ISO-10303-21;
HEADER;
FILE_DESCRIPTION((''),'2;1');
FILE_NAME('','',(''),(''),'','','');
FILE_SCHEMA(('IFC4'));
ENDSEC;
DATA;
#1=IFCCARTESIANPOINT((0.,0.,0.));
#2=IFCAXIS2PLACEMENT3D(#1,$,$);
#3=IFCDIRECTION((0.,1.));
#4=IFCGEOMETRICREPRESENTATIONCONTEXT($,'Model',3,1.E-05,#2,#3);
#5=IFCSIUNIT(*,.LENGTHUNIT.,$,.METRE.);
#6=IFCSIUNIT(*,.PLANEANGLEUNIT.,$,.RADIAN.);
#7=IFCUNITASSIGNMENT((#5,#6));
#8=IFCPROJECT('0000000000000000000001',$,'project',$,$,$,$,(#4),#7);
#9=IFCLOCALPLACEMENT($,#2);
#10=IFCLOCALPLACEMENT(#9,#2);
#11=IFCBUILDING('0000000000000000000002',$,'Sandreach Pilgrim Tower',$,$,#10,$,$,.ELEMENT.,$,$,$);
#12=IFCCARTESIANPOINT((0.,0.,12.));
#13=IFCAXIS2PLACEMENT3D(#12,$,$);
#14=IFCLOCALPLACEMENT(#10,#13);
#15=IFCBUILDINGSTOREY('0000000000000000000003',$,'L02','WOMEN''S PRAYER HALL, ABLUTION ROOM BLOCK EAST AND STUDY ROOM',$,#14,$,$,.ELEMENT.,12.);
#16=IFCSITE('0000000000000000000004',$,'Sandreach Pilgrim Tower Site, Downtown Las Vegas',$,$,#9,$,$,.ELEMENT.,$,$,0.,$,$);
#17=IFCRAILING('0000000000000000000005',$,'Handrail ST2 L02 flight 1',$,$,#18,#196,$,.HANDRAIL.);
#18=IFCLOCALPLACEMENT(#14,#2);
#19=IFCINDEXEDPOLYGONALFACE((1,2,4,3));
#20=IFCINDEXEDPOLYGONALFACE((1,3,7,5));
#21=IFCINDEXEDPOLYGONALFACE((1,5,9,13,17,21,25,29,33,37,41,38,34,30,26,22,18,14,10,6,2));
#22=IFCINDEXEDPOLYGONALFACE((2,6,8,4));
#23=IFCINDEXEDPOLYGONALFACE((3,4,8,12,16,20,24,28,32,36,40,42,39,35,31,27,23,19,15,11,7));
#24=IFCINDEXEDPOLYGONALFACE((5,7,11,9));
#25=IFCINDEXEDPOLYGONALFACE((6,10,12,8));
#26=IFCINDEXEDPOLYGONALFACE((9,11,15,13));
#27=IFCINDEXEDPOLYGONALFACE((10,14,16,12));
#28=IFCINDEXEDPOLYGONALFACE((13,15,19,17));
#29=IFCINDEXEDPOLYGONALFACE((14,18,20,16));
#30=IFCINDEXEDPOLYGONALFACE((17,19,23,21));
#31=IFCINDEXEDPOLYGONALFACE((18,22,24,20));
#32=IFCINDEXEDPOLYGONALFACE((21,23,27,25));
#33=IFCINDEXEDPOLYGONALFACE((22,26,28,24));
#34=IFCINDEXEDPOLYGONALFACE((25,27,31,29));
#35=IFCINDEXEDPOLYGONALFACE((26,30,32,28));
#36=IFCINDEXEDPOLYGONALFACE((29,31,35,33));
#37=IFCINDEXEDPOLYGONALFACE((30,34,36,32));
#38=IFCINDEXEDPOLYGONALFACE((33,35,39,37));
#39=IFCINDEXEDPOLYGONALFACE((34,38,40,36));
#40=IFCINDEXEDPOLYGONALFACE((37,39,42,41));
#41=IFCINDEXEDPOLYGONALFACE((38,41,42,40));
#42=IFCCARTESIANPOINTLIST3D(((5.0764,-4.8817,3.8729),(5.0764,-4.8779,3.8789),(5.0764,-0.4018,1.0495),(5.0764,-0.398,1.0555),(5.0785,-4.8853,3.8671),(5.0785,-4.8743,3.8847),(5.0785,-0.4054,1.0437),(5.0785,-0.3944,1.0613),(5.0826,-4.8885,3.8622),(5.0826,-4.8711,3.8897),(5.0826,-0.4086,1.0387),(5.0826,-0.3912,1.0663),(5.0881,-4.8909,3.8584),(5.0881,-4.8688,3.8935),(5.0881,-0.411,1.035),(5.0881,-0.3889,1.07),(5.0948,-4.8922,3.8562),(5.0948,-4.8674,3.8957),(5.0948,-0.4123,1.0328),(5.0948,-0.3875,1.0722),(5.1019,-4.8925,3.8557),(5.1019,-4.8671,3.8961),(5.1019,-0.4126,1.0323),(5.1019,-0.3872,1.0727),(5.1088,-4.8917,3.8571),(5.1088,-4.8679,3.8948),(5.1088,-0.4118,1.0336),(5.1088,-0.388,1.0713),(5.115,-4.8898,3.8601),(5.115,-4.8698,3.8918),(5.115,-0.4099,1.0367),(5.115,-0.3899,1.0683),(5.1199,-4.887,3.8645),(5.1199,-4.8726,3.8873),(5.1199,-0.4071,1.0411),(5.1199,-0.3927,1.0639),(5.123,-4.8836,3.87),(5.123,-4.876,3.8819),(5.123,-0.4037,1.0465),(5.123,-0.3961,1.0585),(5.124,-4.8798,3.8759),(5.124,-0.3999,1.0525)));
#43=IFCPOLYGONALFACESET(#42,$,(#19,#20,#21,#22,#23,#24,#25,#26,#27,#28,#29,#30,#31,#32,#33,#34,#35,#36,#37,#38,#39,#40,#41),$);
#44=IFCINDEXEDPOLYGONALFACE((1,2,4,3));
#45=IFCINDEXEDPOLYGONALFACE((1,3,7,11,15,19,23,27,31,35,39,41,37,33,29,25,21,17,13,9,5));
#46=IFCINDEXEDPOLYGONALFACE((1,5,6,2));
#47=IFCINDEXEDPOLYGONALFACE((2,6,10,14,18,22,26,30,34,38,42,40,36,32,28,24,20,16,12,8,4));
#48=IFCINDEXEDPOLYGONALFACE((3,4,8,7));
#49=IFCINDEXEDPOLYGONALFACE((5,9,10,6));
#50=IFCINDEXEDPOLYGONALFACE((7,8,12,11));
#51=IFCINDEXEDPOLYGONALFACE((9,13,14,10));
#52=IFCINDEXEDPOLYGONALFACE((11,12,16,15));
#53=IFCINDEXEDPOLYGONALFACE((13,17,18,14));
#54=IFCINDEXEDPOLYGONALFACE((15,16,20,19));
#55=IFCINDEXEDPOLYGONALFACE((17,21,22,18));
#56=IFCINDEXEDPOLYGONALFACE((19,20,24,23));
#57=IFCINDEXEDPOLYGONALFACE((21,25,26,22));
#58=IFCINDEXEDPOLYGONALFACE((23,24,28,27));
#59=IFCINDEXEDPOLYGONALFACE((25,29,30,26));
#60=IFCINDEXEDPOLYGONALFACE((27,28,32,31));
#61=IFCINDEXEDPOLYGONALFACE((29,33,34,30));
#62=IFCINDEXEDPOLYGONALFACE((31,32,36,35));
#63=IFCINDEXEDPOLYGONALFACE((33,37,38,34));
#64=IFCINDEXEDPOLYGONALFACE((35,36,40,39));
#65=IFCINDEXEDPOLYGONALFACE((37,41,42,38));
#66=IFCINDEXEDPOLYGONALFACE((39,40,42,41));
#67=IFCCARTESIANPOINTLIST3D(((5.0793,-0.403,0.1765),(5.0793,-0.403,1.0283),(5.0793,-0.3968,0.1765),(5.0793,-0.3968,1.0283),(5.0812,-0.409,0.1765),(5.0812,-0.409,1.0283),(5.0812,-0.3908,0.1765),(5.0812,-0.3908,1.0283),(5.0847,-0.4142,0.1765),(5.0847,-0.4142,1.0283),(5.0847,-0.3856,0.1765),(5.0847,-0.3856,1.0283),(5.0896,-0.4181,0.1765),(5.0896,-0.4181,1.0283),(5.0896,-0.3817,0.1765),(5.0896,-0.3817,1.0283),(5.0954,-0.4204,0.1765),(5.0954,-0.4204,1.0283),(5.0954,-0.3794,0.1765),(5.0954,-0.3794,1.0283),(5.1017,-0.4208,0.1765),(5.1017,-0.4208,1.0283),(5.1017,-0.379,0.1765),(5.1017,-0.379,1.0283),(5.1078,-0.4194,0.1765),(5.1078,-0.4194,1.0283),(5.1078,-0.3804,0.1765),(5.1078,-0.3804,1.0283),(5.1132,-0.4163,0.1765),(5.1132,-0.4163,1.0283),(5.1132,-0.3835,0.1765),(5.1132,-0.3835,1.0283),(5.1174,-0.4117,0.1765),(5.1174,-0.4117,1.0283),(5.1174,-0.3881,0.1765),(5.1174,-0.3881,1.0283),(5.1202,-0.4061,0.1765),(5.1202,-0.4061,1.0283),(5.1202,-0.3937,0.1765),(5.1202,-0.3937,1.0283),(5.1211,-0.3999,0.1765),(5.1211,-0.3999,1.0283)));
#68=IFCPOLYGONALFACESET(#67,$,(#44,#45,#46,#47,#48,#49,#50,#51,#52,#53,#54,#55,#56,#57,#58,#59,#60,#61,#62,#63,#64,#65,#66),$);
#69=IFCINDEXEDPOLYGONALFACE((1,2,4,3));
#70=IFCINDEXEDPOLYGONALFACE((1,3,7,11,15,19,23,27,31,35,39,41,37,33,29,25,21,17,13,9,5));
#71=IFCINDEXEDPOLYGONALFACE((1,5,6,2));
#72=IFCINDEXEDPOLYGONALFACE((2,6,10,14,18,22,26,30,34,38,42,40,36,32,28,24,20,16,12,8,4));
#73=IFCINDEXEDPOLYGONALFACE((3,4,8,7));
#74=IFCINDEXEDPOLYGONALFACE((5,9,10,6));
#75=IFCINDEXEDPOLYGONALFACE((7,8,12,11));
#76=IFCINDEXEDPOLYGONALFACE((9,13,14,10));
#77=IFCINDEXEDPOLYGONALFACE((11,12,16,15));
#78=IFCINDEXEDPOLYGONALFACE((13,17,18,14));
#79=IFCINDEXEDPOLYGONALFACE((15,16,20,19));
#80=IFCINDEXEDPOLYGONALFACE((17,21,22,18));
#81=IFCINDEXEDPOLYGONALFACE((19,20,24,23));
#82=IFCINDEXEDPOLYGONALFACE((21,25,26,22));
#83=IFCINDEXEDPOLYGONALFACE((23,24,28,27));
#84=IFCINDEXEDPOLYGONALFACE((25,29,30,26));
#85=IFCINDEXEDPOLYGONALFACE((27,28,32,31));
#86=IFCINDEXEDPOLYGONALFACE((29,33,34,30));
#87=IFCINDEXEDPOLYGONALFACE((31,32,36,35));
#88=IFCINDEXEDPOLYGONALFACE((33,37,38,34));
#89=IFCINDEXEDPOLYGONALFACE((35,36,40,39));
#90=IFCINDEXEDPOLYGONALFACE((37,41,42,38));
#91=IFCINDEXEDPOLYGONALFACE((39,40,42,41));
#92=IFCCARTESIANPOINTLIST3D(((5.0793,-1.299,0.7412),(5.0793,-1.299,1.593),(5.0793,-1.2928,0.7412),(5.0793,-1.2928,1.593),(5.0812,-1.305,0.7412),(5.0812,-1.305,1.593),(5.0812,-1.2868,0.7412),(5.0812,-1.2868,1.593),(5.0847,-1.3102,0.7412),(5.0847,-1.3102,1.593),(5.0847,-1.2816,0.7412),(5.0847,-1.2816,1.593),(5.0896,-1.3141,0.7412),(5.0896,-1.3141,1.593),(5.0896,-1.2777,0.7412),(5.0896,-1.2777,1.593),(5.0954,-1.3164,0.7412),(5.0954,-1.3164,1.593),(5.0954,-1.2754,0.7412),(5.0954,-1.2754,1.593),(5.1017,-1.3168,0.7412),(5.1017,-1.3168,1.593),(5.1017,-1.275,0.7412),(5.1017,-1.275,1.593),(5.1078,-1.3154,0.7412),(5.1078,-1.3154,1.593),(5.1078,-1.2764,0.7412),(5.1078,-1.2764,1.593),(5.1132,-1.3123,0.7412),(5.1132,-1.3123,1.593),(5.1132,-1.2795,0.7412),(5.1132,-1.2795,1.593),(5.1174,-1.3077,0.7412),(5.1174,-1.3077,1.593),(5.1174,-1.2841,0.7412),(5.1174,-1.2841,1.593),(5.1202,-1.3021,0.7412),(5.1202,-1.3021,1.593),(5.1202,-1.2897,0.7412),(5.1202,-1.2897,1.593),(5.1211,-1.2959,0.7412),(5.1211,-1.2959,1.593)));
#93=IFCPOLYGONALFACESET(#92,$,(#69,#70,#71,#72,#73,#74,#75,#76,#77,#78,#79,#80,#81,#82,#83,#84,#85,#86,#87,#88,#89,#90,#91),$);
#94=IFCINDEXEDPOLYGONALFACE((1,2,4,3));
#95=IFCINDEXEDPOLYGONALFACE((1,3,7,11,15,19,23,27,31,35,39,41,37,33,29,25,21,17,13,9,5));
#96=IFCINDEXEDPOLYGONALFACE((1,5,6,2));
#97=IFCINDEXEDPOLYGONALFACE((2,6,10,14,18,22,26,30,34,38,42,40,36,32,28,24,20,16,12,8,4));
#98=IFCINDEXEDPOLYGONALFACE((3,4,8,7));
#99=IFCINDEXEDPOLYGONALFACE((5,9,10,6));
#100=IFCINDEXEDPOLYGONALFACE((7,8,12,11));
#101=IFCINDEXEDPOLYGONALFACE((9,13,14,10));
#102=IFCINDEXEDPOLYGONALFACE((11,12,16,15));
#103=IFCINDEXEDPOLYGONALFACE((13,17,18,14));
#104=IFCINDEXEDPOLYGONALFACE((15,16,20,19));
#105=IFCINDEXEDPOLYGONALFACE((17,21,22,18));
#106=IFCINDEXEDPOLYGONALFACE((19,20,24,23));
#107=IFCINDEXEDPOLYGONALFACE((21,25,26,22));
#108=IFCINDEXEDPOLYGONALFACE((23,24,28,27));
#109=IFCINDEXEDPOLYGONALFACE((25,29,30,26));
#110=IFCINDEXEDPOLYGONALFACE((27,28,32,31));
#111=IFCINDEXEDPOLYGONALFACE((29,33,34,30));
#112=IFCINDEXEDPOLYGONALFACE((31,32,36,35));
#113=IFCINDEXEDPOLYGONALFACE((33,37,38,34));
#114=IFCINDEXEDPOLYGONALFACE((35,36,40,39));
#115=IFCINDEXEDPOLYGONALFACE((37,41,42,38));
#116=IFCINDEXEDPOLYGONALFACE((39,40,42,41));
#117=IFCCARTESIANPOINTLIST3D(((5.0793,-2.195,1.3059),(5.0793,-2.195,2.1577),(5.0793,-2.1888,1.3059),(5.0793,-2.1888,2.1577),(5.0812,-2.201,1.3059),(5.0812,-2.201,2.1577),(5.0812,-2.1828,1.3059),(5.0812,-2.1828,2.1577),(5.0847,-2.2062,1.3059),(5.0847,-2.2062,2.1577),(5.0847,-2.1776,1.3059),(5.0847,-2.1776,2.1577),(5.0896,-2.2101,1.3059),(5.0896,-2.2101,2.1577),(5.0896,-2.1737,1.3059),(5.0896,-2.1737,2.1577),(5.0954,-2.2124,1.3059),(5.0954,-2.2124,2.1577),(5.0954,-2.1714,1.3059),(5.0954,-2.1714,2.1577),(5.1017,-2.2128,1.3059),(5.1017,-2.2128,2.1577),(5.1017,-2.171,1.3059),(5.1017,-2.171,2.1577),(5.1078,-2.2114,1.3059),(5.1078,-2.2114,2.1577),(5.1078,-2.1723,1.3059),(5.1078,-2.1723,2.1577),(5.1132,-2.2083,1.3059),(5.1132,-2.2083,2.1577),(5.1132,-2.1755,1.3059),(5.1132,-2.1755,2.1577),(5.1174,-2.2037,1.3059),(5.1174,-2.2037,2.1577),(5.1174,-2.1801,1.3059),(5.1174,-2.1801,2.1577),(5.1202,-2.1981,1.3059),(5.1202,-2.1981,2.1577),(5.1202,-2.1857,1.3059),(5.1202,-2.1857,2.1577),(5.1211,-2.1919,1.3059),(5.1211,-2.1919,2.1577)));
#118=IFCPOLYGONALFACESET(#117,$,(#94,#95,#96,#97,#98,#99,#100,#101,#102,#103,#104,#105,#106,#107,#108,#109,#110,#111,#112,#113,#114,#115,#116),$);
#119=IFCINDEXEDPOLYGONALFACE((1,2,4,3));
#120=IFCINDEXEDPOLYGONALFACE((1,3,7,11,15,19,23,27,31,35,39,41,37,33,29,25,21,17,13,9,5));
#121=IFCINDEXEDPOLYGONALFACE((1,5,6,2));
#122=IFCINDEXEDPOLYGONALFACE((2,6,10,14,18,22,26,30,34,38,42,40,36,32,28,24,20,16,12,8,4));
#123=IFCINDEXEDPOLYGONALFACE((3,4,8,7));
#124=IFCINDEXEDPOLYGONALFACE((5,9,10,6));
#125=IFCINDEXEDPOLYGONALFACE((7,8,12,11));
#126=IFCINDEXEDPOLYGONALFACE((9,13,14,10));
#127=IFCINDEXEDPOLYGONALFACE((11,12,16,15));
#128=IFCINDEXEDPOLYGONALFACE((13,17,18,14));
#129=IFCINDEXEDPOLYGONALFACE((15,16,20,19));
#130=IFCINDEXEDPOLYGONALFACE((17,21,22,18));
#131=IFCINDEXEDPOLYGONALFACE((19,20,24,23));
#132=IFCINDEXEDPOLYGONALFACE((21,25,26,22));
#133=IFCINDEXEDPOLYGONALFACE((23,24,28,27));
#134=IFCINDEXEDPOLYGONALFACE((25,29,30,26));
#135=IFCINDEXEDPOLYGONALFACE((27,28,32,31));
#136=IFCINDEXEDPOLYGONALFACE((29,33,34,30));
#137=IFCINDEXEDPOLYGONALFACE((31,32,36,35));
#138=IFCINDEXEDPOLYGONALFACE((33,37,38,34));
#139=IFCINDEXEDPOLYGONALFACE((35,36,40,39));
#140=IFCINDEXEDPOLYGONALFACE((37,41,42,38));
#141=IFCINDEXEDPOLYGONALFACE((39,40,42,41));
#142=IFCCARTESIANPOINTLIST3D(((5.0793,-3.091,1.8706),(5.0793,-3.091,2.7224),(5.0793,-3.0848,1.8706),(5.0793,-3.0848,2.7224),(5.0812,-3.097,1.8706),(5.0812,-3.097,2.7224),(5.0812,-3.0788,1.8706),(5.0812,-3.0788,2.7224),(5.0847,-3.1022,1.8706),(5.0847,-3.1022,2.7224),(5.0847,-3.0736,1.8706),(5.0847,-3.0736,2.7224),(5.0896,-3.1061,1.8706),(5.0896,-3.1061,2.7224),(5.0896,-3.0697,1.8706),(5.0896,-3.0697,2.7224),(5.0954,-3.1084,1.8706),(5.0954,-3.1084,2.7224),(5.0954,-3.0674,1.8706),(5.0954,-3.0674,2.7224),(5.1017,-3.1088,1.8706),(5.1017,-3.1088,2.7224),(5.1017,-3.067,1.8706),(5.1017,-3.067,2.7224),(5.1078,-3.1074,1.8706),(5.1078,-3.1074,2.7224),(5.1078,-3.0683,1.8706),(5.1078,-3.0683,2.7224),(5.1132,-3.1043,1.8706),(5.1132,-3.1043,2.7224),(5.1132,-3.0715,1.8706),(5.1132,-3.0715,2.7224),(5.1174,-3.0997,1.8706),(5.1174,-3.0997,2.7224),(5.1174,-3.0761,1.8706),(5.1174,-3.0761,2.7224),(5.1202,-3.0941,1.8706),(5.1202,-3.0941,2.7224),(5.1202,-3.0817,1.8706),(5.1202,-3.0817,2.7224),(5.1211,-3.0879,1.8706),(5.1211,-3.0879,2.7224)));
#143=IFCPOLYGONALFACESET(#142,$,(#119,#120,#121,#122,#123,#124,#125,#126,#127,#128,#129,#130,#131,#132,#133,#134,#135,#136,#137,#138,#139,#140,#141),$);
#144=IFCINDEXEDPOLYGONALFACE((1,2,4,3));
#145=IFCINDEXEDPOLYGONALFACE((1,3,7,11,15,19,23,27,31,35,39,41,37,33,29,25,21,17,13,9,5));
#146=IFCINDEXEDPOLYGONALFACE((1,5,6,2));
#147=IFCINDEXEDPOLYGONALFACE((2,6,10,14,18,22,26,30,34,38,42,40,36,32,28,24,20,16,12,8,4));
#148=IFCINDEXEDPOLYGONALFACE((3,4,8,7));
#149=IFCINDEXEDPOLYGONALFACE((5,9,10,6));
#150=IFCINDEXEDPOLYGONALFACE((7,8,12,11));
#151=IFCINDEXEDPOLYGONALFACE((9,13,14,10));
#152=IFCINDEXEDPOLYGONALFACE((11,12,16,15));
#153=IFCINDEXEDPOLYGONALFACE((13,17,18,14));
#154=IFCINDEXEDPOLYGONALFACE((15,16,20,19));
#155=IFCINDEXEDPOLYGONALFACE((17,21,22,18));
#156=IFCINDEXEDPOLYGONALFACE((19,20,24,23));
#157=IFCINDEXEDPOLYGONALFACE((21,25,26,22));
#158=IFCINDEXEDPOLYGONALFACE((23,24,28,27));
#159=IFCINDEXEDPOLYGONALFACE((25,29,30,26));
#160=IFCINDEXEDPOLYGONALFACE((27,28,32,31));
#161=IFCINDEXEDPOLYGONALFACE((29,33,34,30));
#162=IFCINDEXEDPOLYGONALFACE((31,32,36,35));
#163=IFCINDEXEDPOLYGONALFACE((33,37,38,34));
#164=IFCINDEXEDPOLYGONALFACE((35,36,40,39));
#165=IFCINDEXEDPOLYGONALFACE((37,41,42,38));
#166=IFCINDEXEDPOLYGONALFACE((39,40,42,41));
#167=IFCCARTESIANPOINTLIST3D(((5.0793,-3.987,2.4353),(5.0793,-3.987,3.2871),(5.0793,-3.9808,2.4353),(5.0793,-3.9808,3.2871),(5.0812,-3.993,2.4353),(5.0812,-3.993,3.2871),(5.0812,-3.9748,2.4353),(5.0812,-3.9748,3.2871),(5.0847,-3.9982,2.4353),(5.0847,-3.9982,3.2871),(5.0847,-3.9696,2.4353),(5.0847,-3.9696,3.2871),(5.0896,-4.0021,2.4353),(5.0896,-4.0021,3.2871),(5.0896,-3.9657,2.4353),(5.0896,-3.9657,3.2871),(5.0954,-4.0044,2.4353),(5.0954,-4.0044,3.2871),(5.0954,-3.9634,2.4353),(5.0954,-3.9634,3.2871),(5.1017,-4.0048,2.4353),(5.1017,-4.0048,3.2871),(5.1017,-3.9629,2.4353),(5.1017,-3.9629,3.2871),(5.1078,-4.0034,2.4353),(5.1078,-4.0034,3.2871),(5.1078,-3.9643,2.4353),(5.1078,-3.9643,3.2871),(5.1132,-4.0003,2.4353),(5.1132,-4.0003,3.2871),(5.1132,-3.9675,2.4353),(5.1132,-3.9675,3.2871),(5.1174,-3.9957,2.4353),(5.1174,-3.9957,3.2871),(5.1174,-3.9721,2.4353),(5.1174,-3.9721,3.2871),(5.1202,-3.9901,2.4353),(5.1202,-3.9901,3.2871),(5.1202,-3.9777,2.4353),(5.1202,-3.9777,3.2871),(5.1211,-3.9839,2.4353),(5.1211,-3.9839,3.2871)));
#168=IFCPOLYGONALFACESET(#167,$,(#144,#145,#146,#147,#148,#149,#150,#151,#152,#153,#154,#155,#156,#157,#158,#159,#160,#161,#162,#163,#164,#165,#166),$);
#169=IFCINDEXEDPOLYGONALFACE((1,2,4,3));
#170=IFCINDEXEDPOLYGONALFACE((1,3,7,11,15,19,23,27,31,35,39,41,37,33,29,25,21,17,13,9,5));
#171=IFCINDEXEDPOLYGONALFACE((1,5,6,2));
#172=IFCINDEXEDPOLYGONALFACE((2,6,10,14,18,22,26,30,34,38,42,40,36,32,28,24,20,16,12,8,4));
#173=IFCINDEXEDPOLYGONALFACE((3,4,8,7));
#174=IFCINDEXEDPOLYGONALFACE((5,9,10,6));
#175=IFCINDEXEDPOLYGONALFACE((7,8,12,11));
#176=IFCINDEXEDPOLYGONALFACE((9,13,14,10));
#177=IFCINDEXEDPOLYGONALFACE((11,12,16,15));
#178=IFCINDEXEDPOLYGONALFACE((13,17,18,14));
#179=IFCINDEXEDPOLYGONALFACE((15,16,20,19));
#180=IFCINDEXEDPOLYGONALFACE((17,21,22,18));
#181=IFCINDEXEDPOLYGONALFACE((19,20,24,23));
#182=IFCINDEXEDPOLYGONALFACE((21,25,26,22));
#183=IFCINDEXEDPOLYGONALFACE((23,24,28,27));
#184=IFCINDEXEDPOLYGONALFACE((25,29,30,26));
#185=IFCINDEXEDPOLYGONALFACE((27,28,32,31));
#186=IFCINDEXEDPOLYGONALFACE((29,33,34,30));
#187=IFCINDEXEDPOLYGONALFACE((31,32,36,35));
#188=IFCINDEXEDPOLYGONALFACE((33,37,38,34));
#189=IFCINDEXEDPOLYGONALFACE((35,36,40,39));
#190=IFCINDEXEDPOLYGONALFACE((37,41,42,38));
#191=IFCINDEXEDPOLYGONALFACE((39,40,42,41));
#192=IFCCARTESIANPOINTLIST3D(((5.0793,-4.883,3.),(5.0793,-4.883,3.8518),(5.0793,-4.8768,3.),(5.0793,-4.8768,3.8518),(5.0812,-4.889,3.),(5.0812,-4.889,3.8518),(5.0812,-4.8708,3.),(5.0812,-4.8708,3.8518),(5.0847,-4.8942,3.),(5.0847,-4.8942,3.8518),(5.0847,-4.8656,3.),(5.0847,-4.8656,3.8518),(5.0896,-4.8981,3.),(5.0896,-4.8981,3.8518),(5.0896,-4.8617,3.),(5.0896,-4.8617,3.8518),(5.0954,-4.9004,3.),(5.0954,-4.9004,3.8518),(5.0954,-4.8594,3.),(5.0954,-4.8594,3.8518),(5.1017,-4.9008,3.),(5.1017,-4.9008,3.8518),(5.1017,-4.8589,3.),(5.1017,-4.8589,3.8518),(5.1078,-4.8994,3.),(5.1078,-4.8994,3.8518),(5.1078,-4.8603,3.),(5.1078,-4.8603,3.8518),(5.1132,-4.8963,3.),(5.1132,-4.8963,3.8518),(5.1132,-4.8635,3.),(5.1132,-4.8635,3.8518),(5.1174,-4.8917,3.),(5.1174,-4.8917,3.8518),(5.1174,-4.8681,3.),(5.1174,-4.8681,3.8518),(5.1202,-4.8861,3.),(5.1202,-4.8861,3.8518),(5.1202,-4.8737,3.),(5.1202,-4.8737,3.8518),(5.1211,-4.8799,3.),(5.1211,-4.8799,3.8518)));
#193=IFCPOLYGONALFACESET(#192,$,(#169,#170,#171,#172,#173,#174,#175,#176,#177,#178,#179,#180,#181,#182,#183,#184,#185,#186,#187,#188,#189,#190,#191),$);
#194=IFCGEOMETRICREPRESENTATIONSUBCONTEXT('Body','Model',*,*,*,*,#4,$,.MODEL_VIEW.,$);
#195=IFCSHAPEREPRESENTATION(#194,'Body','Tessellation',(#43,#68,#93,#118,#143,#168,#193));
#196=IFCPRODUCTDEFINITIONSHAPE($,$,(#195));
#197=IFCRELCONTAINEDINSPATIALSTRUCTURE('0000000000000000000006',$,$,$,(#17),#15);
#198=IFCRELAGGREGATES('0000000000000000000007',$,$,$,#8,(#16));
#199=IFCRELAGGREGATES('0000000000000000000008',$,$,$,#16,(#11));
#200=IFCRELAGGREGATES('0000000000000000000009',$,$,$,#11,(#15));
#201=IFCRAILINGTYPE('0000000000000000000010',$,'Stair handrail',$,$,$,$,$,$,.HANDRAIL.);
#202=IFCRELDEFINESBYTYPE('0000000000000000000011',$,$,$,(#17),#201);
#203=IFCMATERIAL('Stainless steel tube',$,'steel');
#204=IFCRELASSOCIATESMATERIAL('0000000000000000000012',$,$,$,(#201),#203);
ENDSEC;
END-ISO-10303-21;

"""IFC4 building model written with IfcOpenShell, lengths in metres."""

from ifc_helpers import new_model, si_unit, direction, frame, origin, origin_2d, place, context, subcontext, project, spatial, circle, extrude, material, type_object, element, save


model = new_model("IFC4")

# Units and contexts
model_context = context("Model", 3, precision=1e-05, world=origin(), true_north=direction((0.0, 1.0)))
body_context = subcontext(model_context, "Body", "Model", "MODEL_VIEW")
ifc_project = project(units=[si_unit("LENGTHUNIT", "METRE"), si_unit("PLANEANGLEUNIT", "RADIAN")], contexts=[model_context])

# Site, building, storey
site_placement = place(None, origin())
site = spatial("IfcSite", under=ifc_project, at=site_placement, Name="Sandreach Pilgrim Tower Site, Downtown Las Vegas", CompositionType="ELEMENT", RefElevation=0.0)
building_placement = place(site_placement, origin())
building = spatial("IfcBuilding", under=site, at=building_placement, Name="Sandreach Pilgrim Tower", CompositionType="ELEMENT")
storey_placement = place(building_placement, frame((0.0, 0.0, 12.0)))
storey = spatial("IfcBuildingStorey", under=building, at=storey_placement, Name="L02", Description="WOMEN'S PRAYER HALL, ABLUTION ROOM BLOCK EAST AND STUDY ROOM", CompositionType="ELEMENT", Elevation=12.0)

# Railing
ifc_material_1 = material(Name="Stainless steel tube", Category="steel")
railing_type = type_object("IfcRailingType", Name="Stair handrail", PredefinedType="HANDRAIL", material=ifc_material_1)
for number, where, name in (
    (1, (5.1001, -0.3999, 0.1765), "Handrail ST2 L02 flight 1"),
):
    element("IfcRailing", number, at=place(storey_placement, frame(where)), inside=storey, type_object=railing_type, Name=name, PredefinedType="HANDRAIL", context=body_context, shape_type="SweptSolid", body=[
        extrude(circle(Radius=0.0239, at=origin_2d()), frame((0.0, 0.0, 0.876), z_axis=(0.0, -0.845998, 0.533186), x_axis=(1.0, 0.0, 0.0)), (0.0, 0.0, 1.0), 5.2954),
        extrude(circle(Radius=0.021, at=origin_2d()), origin(), (0.0, 0.0, 1.0), 0.8518),
        extrude(circle(Radius=0.021, at=origin_2d()), frame((0.0, -0.896, 0.5647)), (0.0, 0.0, 1.0), 0.8518),
        extrude(circle(Radius=0.021, at=origin_2d()), frame((0.0, -1.792, 1.1294)), (0.0, 0.0, 1.0), 0.8518),
        extrude(circle(Radius=0.021, at=origin_2d()), frame((0.0, -2.688, 1.6941)), (0.0, 0.0, 1.0), 0.8518),
        extrude(circle(Radius=0.021, at=origin_2d()), frame((0.0, -3.584, 2.2588)), (0.0, 0.0, 1.0), 0.8518),
        extrude(circle(Radius=0.021, at=origin_2d()), frame((0.0, -4.48, 2.8235)), (0.0, 0.0, 1.0), 0.8518),
    ])

save(model, "model.ifc")
